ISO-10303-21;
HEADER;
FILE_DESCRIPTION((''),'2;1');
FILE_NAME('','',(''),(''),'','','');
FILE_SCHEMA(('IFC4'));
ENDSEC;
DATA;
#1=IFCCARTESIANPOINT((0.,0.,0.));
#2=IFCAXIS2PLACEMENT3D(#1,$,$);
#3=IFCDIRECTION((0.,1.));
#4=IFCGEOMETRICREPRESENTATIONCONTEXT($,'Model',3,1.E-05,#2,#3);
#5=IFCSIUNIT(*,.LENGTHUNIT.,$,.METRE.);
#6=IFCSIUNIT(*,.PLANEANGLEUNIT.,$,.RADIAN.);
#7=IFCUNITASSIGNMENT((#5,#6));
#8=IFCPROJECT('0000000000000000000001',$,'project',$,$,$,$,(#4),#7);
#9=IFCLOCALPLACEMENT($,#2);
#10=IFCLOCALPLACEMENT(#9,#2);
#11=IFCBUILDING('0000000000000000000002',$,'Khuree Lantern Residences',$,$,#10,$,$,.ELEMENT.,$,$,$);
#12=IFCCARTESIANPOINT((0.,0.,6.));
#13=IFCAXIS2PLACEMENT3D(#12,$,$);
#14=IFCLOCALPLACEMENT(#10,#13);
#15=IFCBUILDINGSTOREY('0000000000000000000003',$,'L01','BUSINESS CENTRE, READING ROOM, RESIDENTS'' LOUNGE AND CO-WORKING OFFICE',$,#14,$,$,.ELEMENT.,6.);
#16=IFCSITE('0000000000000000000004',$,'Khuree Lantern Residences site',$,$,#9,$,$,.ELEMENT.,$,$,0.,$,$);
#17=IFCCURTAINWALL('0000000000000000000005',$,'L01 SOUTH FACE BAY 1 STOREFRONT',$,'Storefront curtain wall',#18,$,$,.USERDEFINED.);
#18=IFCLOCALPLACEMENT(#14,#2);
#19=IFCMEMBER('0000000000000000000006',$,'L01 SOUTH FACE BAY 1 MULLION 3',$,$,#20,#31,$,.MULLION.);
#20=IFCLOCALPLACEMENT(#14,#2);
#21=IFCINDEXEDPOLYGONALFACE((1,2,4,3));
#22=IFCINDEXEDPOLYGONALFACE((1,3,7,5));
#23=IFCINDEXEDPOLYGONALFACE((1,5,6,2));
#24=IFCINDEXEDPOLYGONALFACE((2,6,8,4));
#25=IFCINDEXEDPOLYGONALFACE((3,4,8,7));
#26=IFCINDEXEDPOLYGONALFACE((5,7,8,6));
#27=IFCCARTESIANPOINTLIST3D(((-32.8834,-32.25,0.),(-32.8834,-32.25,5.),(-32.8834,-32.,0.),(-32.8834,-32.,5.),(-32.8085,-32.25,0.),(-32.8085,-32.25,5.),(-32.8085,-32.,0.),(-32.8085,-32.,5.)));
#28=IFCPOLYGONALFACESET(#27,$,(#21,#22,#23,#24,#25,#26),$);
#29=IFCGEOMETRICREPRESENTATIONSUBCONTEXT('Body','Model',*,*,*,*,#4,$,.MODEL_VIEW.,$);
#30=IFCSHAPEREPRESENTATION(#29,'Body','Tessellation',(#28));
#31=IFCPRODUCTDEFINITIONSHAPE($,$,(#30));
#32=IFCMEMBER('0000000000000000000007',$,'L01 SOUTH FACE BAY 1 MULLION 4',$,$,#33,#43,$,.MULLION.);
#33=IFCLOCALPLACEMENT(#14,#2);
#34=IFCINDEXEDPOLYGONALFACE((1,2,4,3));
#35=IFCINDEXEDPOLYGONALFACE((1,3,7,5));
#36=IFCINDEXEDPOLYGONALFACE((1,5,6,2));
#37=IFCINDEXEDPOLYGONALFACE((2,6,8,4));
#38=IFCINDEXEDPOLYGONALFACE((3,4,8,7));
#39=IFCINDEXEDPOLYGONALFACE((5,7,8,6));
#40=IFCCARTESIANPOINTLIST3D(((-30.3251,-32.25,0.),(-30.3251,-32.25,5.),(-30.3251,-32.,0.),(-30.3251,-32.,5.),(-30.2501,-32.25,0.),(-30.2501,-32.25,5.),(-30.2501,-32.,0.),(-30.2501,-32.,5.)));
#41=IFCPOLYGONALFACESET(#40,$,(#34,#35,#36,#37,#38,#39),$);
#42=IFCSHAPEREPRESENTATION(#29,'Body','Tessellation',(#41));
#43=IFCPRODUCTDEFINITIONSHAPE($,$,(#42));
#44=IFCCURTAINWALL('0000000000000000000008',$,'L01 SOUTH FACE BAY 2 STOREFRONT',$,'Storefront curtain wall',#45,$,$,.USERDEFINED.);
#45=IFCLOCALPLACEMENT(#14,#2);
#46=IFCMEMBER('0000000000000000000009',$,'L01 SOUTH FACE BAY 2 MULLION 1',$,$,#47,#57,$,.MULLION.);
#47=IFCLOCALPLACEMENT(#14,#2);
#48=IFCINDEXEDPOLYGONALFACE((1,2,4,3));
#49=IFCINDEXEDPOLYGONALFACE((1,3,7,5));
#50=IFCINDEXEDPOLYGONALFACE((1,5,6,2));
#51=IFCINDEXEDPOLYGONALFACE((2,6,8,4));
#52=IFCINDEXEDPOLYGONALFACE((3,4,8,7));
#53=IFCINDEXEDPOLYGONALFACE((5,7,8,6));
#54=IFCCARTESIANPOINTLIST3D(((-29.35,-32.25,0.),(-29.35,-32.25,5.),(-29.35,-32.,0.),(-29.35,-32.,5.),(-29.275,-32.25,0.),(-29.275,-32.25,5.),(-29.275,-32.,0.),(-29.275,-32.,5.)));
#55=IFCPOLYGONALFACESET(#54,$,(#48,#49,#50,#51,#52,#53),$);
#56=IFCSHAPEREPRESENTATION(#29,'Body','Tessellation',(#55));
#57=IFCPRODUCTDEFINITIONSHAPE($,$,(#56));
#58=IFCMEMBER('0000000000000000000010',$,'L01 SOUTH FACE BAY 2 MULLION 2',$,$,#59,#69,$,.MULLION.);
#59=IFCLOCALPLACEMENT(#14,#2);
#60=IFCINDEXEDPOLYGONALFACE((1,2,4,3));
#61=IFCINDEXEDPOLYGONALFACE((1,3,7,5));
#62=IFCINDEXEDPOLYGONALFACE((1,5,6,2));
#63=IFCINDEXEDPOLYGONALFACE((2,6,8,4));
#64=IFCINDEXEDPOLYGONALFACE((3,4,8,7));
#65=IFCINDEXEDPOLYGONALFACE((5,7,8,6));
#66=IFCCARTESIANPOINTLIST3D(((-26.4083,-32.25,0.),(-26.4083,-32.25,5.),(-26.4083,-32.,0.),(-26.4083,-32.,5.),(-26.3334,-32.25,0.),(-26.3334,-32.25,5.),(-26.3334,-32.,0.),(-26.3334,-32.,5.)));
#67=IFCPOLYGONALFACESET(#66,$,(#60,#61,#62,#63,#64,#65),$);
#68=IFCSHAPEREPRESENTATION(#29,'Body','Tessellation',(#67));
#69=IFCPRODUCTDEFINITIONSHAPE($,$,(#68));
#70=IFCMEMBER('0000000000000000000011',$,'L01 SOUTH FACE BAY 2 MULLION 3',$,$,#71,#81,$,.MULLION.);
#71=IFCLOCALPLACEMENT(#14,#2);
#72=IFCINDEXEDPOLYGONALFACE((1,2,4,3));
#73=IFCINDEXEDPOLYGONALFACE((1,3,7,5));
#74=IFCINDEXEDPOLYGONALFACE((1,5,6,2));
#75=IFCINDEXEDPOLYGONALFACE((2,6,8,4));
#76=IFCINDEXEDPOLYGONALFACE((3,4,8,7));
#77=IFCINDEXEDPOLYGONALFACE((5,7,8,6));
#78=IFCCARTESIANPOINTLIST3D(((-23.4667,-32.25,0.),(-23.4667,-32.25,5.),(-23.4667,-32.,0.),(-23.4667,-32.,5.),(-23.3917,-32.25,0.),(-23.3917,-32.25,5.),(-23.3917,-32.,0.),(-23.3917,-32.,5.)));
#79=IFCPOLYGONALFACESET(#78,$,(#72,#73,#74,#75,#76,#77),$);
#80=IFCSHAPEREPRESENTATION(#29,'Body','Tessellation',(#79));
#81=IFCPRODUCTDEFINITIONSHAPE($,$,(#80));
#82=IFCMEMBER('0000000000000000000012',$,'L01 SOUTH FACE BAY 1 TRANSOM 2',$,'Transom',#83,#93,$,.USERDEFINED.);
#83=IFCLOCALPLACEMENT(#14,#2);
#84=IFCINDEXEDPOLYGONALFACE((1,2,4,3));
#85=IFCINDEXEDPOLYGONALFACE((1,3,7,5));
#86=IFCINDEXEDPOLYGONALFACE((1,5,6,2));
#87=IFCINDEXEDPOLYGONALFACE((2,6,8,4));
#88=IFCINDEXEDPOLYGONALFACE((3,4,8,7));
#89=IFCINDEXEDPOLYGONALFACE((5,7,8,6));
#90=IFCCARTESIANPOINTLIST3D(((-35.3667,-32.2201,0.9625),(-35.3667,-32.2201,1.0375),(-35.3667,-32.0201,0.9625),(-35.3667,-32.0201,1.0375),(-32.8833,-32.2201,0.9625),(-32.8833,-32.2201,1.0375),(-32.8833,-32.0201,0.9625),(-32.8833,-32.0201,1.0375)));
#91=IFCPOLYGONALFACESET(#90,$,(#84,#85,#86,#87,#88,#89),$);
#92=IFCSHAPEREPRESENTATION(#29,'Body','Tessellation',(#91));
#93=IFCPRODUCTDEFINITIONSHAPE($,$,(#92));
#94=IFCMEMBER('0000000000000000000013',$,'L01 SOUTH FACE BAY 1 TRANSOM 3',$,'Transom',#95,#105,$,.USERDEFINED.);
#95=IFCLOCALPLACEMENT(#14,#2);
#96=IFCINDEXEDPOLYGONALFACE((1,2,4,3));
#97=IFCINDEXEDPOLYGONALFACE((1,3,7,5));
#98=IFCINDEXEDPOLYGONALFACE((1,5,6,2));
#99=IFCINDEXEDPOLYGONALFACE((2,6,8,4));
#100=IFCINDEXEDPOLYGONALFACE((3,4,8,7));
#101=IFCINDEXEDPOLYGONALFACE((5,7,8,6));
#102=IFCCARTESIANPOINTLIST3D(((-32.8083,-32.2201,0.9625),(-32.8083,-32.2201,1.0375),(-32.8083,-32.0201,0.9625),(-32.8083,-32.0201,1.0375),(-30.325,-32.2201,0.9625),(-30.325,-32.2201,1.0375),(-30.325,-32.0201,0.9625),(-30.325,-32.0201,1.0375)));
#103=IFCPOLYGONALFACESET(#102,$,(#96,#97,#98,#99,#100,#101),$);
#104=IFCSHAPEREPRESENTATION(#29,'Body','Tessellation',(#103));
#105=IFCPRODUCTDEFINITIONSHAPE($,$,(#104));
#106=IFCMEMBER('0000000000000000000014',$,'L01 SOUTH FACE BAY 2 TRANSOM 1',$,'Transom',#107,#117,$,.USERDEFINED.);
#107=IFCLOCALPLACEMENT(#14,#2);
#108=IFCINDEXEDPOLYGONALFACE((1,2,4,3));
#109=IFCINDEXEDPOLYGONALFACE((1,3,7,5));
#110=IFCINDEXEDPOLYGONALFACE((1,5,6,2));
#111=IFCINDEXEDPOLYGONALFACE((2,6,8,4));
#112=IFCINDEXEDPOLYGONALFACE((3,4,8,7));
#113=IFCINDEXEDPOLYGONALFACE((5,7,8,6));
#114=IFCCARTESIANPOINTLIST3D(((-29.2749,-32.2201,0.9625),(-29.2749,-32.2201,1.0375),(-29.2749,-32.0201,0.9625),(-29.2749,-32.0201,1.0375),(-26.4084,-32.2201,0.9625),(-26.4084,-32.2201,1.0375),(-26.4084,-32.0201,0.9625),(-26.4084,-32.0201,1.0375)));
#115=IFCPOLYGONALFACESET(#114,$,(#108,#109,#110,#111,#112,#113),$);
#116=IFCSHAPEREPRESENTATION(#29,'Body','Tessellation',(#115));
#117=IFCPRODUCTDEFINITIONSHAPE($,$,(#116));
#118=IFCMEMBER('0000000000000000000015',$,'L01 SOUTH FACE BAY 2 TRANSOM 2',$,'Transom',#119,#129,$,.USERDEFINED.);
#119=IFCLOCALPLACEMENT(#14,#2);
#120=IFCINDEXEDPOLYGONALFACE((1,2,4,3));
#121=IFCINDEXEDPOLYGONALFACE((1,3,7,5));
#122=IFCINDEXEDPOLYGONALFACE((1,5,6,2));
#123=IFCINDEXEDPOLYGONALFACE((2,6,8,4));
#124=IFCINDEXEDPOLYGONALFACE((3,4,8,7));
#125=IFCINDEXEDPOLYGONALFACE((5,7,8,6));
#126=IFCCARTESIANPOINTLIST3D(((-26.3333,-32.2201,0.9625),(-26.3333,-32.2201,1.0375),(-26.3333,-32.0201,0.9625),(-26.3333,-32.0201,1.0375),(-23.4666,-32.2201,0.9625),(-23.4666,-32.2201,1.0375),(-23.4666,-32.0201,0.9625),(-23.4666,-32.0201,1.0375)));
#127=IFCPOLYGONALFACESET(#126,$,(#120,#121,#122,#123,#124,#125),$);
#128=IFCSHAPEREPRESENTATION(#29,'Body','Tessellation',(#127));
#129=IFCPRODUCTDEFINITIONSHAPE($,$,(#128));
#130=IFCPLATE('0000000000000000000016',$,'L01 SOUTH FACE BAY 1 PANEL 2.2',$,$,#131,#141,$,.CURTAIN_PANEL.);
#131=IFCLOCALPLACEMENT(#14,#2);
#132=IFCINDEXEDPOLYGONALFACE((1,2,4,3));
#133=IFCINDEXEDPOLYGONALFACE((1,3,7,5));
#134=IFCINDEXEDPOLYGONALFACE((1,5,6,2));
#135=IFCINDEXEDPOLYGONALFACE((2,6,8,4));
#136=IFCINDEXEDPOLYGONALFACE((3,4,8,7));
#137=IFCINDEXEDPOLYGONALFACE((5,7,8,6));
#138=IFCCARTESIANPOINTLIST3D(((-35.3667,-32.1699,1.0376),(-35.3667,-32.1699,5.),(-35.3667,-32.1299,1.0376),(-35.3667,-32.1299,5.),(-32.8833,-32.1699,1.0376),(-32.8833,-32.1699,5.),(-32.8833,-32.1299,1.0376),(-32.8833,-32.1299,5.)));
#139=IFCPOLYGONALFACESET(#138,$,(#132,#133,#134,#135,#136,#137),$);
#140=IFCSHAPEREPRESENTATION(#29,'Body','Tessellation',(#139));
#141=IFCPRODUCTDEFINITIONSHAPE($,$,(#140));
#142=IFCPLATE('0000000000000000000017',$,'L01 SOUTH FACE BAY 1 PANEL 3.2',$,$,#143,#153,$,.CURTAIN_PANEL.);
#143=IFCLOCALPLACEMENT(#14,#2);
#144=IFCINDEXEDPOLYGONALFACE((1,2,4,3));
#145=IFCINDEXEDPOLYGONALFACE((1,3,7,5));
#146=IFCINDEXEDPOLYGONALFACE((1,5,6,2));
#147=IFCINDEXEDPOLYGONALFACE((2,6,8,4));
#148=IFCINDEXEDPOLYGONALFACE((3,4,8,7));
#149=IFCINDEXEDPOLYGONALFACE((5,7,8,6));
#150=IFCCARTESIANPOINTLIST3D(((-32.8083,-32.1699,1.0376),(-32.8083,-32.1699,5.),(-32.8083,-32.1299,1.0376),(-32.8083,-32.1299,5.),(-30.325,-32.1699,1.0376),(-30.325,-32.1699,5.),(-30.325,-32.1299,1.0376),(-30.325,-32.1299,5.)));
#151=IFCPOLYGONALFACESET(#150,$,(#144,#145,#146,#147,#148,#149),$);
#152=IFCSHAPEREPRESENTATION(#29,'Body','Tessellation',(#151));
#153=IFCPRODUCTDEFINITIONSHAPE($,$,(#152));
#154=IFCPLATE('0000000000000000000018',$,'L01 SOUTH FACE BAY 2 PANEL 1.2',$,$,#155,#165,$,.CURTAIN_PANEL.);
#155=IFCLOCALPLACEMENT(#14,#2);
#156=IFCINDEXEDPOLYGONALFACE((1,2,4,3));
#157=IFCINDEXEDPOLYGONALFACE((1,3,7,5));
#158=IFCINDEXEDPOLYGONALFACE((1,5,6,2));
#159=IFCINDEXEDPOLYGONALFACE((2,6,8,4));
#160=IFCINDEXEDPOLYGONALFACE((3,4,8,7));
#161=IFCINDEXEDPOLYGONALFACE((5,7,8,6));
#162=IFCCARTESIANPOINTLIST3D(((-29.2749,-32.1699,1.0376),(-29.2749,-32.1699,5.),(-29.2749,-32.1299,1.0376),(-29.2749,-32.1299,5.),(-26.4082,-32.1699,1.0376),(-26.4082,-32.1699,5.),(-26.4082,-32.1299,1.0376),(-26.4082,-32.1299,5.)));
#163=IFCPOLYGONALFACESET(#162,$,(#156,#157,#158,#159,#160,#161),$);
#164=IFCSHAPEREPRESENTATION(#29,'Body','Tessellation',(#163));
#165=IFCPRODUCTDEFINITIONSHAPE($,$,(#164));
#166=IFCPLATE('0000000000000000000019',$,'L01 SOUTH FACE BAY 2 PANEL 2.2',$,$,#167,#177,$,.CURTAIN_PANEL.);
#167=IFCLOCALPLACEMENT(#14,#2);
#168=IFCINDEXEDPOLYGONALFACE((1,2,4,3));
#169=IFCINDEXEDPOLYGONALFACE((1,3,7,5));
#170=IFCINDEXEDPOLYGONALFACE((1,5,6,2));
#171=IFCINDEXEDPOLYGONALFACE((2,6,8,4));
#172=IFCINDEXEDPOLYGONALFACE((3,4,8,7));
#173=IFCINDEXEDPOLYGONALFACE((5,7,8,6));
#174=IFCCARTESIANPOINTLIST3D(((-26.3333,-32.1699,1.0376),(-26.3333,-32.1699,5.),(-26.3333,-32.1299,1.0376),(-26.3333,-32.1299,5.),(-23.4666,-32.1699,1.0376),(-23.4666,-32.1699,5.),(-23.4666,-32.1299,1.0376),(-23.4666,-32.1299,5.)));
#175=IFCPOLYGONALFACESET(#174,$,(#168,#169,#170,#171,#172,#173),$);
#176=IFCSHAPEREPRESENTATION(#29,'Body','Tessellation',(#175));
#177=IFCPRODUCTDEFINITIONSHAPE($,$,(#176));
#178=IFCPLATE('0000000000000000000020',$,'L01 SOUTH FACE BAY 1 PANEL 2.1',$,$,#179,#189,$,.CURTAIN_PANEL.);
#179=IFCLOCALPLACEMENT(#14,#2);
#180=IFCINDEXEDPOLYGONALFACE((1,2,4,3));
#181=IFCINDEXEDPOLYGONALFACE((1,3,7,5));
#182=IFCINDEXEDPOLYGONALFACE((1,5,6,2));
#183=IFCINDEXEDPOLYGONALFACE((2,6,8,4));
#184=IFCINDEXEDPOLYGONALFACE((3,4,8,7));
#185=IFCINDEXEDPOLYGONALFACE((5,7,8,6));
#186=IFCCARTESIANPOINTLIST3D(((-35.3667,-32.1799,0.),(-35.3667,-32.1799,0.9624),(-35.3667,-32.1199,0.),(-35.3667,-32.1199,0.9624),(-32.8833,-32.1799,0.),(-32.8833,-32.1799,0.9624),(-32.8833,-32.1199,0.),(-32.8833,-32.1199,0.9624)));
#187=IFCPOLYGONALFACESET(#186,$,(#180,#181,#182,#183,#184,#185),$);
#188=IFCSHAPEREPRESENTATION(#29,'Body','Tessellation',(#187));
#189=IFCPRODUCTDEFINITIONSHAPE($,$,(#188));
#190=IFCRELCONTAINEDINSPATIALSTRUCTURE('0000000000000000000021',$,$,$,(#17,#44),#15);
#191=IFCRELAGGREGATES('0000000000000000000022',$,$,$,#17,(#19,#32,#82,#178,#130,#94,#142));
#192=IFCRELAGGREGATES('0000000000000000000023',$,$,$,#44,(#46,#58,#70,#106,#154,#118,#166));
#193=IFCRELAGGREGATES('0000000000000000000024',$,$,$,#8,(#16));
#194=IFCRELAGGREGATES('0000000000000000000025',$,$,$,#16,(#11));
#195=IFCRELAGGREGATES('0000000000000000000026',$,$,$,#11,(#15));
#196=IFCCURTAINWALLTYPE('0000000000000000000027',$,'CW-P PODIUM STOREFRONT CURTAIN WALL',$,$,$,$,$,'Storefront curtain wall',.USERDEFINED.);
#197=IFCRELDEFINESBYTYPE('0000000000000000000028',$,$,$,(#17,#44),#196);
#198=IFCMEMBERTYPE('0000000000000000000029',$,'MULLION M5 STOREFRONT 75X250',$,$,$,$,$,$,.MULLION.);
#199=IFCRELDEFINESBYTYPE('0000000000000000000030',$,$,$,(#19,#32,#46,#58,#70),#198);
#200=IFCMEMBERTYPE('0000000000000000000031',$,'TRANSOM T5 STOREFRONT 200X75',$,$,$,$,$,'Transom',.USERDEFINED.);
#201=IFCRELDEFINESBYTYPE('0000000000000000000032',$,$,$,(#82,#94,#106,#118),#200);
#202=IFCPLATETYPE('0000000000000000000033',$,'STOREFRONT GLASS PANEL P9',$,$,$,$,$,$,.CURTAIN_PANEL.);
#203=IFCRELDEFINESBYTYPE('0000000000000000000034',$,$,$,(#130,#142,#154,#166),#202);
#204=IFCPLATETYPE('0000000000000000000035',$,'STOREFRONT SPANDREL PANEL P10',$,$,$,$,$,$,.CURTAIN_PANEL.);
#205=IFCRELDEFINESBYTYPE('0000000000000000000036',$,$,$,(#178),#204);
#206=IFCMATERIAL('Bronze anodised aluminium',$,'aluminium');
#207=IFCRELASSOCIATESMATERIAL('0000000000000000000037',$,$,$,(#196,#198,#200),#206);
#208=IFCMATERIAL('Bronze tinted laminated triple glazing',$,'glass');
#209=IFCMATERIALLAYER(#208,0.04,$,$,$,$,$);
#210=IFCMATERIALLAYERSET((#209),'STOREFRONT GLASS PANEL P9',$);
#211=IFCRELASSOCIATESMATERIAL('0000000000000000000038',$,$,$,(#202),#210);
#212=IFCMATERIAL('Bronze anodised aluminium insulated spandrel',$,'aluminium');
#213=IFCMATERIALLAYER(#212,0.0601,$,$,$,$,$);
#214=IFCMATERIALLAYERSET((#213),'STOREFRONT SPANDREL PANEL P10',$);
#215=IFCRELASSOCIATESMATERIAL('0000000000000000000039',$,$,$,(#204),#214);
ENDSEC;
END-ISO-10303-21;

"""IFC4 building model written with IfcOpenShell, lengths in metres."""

from ifc_helpers import new_model, si_unit, direction, frame, origin, origin_2d, place, context, subcontext, project, spatial, rectangle, extrude, material, layer, layer_set, material_profile, profile_set, type_object, element, aggregate, save


model = new_model("IFC4")

# Units and contexts
model_context = context("Model", 3, precision=1e-05, world=origin(), true_north=direction((0.0, 1.0)))
body_context = subcontext(model_context, "Body", "Model", "MODEL_VIEW")
ifc_project = project(units=[si_unit("LENGTHUNIT", "METRE"), si_unit("PLANEANGLEUNIT", "RADIAN")], contexts=[model_context])

# Site, building, storey
site_placement = place(None, origin())
site = spatial("IfcSite", under=ifc_project, at=site_placement, Name="Khuree Lantern Residences site", CompositionType="ELEMENT", RefElevation=0.0)
building_placement = place(site_placement, origin())
building = spatial("IfcBuilding", under=site, at=building_placement, Name="Khuree Lantern Residences", CompositionType="ELEMENT")
storey_placement = place(building_placement, frame((0.0, 0.0, 6.0)))
storey = spatial("IfcBuildingStorey", under=building, at=storey_placement, Name="L01", Description="BUSINESS CENTRE, READING ROOM, RESIDENTS' LOUNGE AND CO-WORKING OFFICE", CompositionType="ELEMENT", Elevation=6.0)

# Curtain walls, members
ifc_material_1 = material(Name="Bronze anodised aluminium", Category="aluminium")
curtain_wall_type = type_object("IfcCurtainWallType", Name="CW-P PODIUM STOREFRONT CURTAIN WALL", ElementType="Storefront curtain wall", PredefinedType="USERDEFINED", material=ifc_material_1)
curtain_wall_1_placement = place(storey_placement, origin())
curtain_wall_1 = element("IfcCurtainWall", 1, at=curtain_wall_1_placement, inside=storey, type_object=curtain_wall_type, Name="L01 SOUTH FACE BAY 1 STOREFRONT", ObjectType="Storefront curtain wall", PredefinedType="USERDEFINED")
ifc_material_profile_1 = material_profile(ifc_material_1, rectangle(XDim=0.075, YDim=0.25, at=origin_2d()), Name="M5 75X250")
ifc_profile_set_1 = profile_set([ifc_material_profile_1], Name="Bronze anodised aluminium")
member_type_1 = type_object("IfcMemberType", Name="MULLION M5 STOREFRONT 75X250", PredefinedType="MULLION", material=ifc_profile_set_1)
member_1_placement = place(storey_placement, frame((-32.8459, -32.125, 0.0), z_axis=(0.0, 0.0, 1.0), x_axis=(1.0, 0.0, 0.0)))
member_1 = element("IfcMember", 2, at=member_1_placement, type_object=member_type_1, Name="L01 SOUTH FACE BAY 1 MULLION 3", PredefinedType="MULLION", context=body_context, shape_type="SweptSolid", body=[
    extrude(rectangle(XDim=0.075, YDim=0.25, at=origin_2d()), origin(), (0.0, 0.0, 1.0), 5.0),
])
member_2_placement = place(storey_placement, frame((-30.2876, -32.125, 0.0), z_axis=(0.0, 0.0, 1.0), x_axis=(1.0, 0.0, 0.0)))
member_2 = element("IfcMember", 3, at=member_2_placement, type_object=member_type_1, Name="L01 SOUTH FACE BAY 1 MULLION 4", PredefinedType="MULLION", context=body_context, shape_type="SweptSolid", body=[
    extrude(rectangle(XDim=0.075, YDim=0.25, at=origin_2d()), origin(), (0.0, 0.0, 1.0), 5.0),
])
curtain_wall_2_placement = place(storey_placement, origin())
curtain_wall_2 = element("IfcCurtainWall", 4, at=curtain_wall_2_placement, inside=storey, type_object=curtain_wall_type, Name="L01 SOUTH FACE BAY 2 STOREFRONT", ObjectType="Storefront curtain wall", PredefinedType="USERDEFINED")
member_3_placement = place(storey_placement, frame((-29.3125, -32.125, 0.0), z_axis=(0.0, 0.0, 1.0), x_axis=(1.0, 0.0, 0.0)))
member_3 = element("IfcMember", 5, at=member_3_placement, type_object=member_type_1, Name="L01 SOUTH FACE BAY 2 MULLION 1", PredefinedType="MULLION", context=body_context, shape_type="SweptSolid", body=[
    extrude(rectangle(XDim=0.075, YDim=0.25, at=origin_2d()), origin(), (0.0, 0.0, 1.0), 5.0),
])
member_4_placement = place(storey_placement, frame((-26.3708, -32.125, 0.0), z_axis=(0.0, 0.0, 1.0), x_axis=(1.0, 0.0, 0.0)))
member_4 = element("IfcMember", 6, at=member_4_placement, type_object=member_type_1, Name="L01 SOUTH FACE BAY 2 MULLION 2", PredefinedType="MULLION", context=body_context, shape_type="SweptSolid", body=[
    extrude(rectangle(XDim=0.075, YDim=0.25, at=origin_2d()), origin(), (0.0, 0.0, 1.0), 5.0),
])
member_5_placement = place(storey_placement, frame((-23.4292, -32.125, 0.0), z_axis=(0.0, 0.0, 1.0), x_axis=(1.0, 0.0, 0.0)))
member_5 = element("IfcMember", 7, at=member_5_placement, type_object=member_type_1, Name="L01 SOUTH FACE BAY 2 MULLION 3", PredefinedType="MULLION", context=body_context, shape_type="SweptSolid", body=[
    extrude(rectangle(XDim=0.075, YDim=0.25, at=origin_2d()), origin(), (0.0, 0.0, 1.0), 5.0),
])

# Members
ifc_material_profile_2 = material_profile(ifc_material_1, rectangle(XDim=0.2, YDim=0.075, at=origin_2d()), Name="T5 200X75")
ifc_profile_set_2 = profile_set([ifc_material_profile_2], Name="Bronze anodised aluminium")
member_type_2 = type_object("IfcMemberType", Name="TRANSOM T5 STOREFRONT 200X75", ElementType="Transom", PredefinedType="USERDEFINED", material=ifc_profile_set_2)
member_6_placement = place(storey_placement, frame((-35.3667, -32.1201, 1.0), z_axis=(1.0, 0.0, 0.0), x_axis=(0.0, 1.0, 0.0)))
member_6 = element("IfcMember", 8, at=member_6_placement, type_object=member_type_2, Name="L01 SOUTH FACE BAY 1 TRANSOM 2", ObjectType="Transom", PredefinedType="USERDEFINED", context=body_context, shape_type="SweptSolid", body=[
    extrude(rectangle(XDim=0.2, YDim=0.075, at=origin_2d()), origin(), (0.0, 0.0, 1.0), 2.4834),
])
member_7_placement = place(storey_placement, frame((-32.8083, -32.1201, 1.0), z_axis=(1.0, 0.0, 0.0), x_axis=(0.0, 1.0, 0.0)))
member_7 = element("IfcMember", 9, at=member_7_placement, type_object=member_type_2, Name="L01 SOUTH FACE BAY 1 TRANSOM 3", ObjectType="Transom", PredefinedType="USERDEFINED", context=body_context, shape_type="SweptSolid", body=[
    extrude(rectangle(XDim=0.2, YDim=0.075, at=origin_2d()), origin(), (0.0, 0.0, 1.0), 2.4834),
])
member_8_placement = place(storey_placement, frame((-29.2749, -32.1201, 1.0), z_axis=(1.0, 0.0, 0.0), x_axis=(0.0, 1.0, 0.0)))
member_8 = element("IfcMember", 10, at=member_8_placement, type_object=member_type_2, Name="L01 SOUTH FACE BAY 2 TRANSOM 1", ObjectType="Transom", PredefinedType="USERDEFINED", context=body_context, shape_type="SweptSolid", body=[
    extrude(rectangle(XDim=0.2, YDim=0.075, at=origin_2d()), origin(), (0.0, 0.0, 1.0), 2.8665),
])
member_9_placement = place(storey_placement, frame((-26.3333, -32.1201, 1.0), z_axis=(1.0, 0.0, 0.0), x_axis=(0.0, 1.0, 0.0)))
member_9 = element("IfcMember", 11, at=member_9_placement, type_object=member_type_2, Name="L01 SOUTH FACE BAY 2 TRANSOM 2", ObjectType="Transom", PredefinedType="USERDEFINED", context=body_context, shape_type="SweptSolid", body=[
    extrude(rectangle(XDim=0.2, YDim=0.075, at=origin_2d()), origin(), (0.0, 0.0, 1.0), 2.8667),
])

# Plates
ifc_material_2 = material(Name="Bronze tinted laminated triple glazing", Category="glass")
ifc_layer_1 = layer(ifc_material_2, 0.04)
ifc_layer_set_1 = layer_set([ifc_layer_1], Name="STOREFRONT GLASS PANEL P9")
plate_type_1 = type_object("IfcPlateType", Name="STOREFRONT GLASS PANEL P9", PredefinedType="CURTAIN_PANEL", material=ifc_layer_set_1)
plate_1_placement = place(storey_placement, frame((-34.125, -32.1499, 1.0376), z_axis=(0.0, 0.0, 1.0), x_axis=(1.0, 0.0, 0.0)))
plate_1 = element("IfcPlate", 12, at=plate_1_placement, type_object=plate_type_1, Name="L01 SOUTH FACE BAY 1 PANEL 2.2", PredefinedType="CURTAIN_PANEL", context=body_context, shape_type="SweptSolid", body=[
    extrude(rectangle(XDim=2.4834, YDim=0.04, at=origin_2d()), origin(), (0.0, 0.0, 1.0), 3.9624),
])
plate_2_placement = place(storey_placement, frame((-31.5667, -32.1499, 1.0376), z_axis=(0.0, 0.0, 1.0), x_axis=(1.0, 0.0, 0.0)))
plate_2 = element("IfcPlate", 13, at=plate_2_placement, type_object=plate_type_1, Name="L01 SOUTH FACE BAY 1 PANEL 3.2", PredefinedType="CURTAIN_PANEL", context=body_context, shape_type="SweptSolid", body=[
    extrude(rectangle(XDim=2.4834, YDim=0.04, at=origin_2d()), origin(), (0.0, 0.0, 1.0), 3.9624),
])
plate_3_placement = place(storey_placement, frame((-27.8416, -32.1499, 1.0376), z_axis=(0.0, 0.0, 1.0), x_axis=(1.0, 0.0, 0.0)))
plate_3 = element("IfcPlate", 14, at=plate_3_placement, type_object=plate_type_1, Name="L01 SOUTH FACE BAY 2 PANEL 1.2", PredefinedType="CURTAIN_PANEL", context=body_context, shape_type="SweptSolid", body=[
    extrude(rectangle(XDim=2.8667, YDim=0.04, at=origin_2d()), origin(), (0.0, 0.0, 1.0), 3.9624),
])
plate_4_placement = place(storey_placement, frame((-24.8999, -32.1499, 1.0376), z_axis=(0.0, 0.0, 1.0), x_axis=(1.0, 0.0, 0.0)))
plate_4 = element("IfcPlate", 15, at=plate_4_placement, type_object=plate_type_1, Name="L01 SOUTH FACE BAY 2 PANEL 2.2", PredefinedType="CURTAIN_PANEL", context=body_context, shape_type="SweptSolid", body=[
    extrude(rectangle(XDim=2.8667, YDim=0.04, at=origin_2d()), origin(), (0.0, 0.0, 1.0), 3.9624),
])
ifc_material_3 = material(Name="Bronze anodised aluminium insulated spandrel", Category="aluminium")
ifc_layer_2 = layer(ifc_material_3, 0.0601)
ifc_layer_set_2 = layer_set([ifc_layer_2], Name="STOREFRONT SPANDREL PANEL P10")
plate_type_2 = type_object("IfcPlateType", Name="STOREFRONT SPANDREL PANEL P10", PredefinedType="CURTAIN_PANEL", material=ifc_layer_set_2)
plate_5_placement = place(storey_placement, frame((-34.125, -32.1499, 0.0), z_axis=(0.0, 0.0, 1.0), x_axis=(1.0, 0.0, 0.0)))
plate_5 = element("IfcPlate", 16, at=plate_5_placement, type_object=plate_type_2, Name="L01 SOUTH FACE BAY 1 PANEL 2.1", PredefinedType="CURTAIN_PANEL", context=body_context, shape_type="SweptSolid", body=[
    extrude(rectangle(XDim=2.4834, YDim=0.0601, at=origin_2d()), origin(), (0.0, 0.0, 1.0), 0.9624),
])
aggregate(curtain_wall_1, [member_1, member_2, member_6, plate_5, plate_1, member_7, plate_2])
aggregate(curtain_wall_2, [member_3, member_4, member_5, member_8, plate_3, member_9, plate_4])

save(model, "model.ifc")
